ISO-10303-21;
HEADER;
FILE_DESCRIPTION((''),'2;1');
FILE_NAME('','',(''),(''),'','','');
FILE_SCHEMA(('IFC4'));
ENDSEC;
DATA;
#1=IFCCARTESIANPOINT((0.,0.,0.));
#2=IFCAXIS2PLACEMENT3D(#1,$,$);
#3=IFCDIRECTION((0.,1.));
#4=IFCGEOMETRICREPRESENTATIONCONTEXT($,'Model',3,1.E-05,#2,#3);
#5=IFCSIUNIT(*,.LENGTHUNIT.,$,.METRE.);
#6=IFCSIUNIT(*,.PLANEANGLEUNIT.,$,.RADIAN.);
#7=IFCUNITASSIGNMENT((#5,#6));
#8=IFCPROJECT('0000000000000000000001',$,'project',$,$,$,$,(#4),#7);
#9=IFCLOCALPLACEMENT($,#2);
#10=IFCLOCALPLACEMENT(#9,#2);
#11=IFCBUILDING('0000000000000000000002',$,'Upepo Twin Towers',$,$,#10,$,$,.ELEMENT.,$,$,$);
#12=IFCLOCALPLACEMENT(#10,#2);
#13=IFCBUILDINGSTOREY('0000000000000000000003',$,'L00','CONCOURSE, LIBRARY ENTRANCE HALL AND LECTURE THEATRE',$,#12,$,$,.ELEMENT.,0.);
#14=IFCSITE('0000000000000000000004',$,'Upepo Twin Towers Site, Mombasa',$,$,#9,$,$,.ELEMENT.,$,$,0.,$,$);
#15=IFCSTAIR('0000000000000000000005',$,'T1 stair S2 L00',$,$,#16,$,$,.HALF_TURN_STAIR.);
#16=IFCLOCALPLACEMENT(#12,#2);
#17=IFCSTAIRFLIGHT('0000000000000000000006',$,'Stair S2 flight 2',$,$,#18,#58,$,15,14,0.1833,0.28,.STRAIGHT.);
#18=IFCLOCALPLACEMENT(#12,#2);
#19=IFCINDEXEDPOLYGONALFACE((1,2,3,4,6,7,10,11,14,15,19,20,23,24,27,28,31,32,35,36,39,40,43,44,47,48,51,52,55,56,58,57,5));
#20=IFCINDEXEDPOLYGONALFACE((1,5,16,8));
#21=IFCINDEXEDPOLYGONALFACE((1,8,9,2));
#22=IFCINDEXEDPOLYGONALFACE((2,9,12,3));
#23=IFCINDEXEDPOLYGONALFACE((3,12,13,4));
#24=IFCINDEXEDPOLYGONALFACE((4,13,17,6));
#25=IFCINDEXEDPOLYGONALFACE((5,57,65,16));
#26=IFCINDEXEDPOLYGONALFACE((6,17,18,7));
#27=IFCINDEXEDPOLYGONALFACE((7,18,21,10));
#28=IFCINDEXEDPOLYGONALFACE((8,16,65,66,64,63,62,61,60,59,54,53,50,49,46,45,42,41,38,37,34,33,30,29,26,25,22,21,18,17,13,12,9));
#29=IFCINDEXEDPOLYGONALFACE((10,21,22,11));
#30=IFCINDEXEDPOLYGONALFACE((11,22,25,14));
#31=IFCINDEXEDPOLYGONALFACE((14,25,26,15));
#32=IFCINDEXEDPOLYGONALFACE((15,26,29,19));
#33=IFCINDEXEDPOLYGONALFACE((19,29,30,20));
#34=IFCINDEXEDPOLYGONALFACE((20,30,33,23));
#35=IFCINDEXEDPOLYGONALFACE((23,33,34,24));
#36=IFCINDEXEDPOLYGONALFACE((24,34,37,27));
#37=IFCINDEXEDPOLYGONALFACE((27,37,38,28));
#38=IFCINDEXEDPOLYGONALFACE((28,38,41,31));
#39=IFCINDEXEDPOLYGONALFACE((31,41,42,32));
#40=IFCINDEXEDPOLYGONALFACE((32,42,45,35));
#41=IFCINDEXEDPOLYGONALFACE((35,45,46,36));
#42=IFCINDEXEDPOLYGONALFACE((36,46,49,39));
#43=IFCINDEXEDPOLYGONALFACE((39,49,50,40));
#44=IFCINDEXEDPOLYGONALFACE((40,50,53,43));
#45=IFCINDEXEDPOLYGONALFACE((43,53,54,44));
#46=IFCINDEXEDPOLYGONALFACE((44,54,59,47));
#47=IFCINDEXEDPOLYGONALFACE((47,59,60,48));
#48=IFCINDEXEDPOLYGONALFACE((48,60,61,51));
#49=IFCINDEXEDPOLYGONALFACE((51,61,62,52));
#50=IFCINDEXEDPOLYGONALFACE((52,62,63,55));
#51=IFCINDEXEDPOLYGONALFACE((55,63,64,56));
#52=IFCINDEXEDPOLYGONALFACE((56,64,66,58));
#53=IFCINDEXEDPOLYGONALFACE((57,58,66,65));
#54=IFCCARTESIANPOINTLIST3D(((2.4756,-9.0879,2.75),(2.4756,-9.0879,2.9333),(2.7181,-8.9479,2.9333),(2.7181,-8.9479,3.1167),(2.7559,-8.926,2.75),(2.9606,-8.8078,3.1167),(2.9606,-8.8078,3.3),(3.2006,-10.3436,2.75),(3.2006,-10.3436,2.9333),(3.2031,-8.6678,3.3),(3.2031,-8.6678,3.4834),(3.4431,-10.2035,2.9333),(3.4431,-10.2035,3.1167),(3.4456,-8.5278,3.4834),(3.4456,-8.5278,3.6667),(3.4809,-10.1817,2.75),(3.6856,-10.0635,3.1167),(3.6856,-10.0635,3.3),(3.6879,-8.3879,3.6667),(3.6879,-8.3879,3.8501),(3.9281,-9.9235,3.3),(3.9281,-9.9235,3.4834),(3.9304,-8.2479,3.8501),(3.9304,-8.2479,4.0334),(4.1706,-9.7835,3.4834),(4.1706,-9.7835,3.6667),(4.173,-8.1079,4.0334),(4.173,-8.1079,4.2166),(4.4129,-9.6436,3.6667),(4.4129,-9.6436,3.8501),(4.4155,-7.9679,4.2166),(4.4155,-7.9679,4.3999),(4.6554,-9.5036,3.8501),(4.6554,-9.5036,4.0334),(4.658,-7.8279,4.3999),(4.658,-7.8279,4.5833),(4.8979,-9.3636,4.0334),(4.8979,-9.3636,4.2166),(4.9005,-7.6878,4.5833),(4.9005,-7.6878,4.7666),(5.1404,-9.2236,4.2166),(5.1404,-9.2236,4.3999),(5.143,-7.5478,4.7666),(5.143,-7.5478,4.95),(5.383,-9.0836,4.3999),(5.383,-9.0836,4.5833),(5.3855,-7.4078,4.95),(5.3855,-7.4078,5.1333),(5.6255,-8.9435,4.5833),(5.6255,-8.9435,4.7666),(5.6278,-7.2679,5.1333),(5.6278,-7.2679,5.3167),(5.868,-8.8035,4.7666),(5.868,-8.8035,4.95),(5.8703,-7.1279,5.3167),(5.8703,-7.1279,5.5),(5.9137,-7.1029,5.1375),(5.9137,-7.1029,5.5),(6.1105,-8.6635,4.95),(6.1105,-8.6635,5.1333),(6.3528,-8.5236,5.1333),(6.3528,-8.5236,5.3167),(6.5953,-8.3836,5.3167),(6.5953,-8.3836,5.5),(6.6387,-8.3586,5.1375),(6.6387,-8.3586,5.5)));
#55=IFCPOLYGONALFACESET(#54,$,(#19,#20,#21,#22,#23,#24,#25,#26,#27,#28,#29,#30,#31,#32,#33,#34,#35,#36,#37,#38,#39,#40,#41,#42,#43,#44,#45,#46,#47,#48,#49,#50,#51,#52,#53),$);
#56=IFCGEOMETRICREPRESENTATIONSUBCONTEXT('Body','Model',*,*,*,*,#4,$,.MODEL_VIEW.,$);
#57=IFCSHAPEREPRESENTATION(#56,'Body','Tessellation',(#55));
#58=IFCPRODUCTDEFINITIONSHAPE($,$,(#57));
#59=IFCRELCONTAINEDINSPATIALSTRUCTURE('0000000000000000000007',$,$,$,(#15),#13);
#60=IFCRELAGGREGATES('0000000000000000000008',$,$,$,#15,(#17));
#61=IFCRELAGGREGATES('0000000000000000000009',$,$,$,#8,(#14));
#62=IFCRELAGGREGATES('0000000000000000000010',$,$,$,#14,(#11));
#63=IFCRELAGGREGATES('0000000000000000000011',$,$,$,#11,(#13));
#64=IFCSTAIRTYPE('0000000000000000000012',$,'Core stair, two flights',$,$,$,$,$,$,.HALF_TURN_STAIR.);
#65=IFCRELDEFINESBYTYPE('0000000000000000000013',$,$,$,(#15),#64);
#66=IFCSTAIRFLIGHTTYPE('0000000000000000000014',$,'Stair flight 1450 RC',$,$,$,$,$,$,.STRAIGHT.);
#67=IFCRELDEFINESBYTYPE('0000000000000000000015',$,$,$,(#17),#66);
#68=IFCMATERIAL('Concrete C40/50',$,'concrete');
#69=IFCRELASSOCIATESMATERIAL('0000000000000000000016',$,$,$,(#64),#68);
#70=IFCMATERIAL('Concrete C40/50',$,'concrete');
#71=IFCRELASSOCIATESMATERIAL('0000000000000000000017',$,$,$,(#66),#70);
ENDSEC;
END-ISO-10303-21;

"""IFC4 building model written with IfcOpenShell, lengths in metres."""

from ifc_helpers import new_model, si_unit, direction, frame, origin, place, context, subcontext, project, spatial, polyline, outline, extrude, material, type_object, element, aggregate, save


model = new_model("IFC4")

# Units and contexts
model_context = context("Model", 3, precision=1e-05, world=origin(), true_north=direction((0.0, 1.0)))
body_context = subcontext(model_context, "Body", "Model", "MODEL_VIEW")
ifc_project = project(units=[si_unit("LENGTHUNIT", "METRE"), si_unit("PLANEANGLEUNIT", "RADIAN")], contexts=[model_context])

# Site, building, storey
site_placement = place(None, origin())
site = spatial("IfcSite", under=ifc_project, at=site_placement, Name="Upepo Twin Towers Site, Mombasa", CompositionType="ELEMENT", RefElevation=0.0)
building_placement = place(site_placement, origin())
building = spatial("IfcBuilding", under=site, at=building_placement, Name="Upepo Twin Towers", CompositionType="ELEMENT")
storey_placement = place(building_placement, origin())
storey = spatial("IfcBuildingStorey", under=building, at=storey_placement, Name="L00", Description="CONCOURSE, LIBRARY ENTRANCE HALL AND LECTURE THEATRE", CompositionType="ELEMENT", Elevation=0.0)

# Stair, stair flight
ifc_material_1 = material(Name="Concrete C40/50", Category="concrete")
stair_type = type_object("IfcStairType", Name="Core stair, two flights", PredefinedType="HALF_TURN_STAIR", material=ifc_material_1)
stair_placement = place(storey_placement, origin())
stair = element("IfcStair", 1, at=stair_placement, inside=storey, type_object=stair_type, Name="T1 stair S2 L00", PredefinedType="HALF_TURN_STAIR")
ifc_material_2 = material(Name="Concrete C40/50", Category="concrete")
stair_flight_type = type_object("IfcStairFlightType", Name="Stair flight 1450 RC", PredefinedType="STRAIGHT", material=ifc_material_2)
stair_flight_1_placement = place(storey_placement, frame((2.8381, -9.7158, 2.75), z_axis=(0.0, 0.0, 1.0), x_axis=(0.866025, 0.5, 0.0)))
stair_flight_1 = element("IfcStairFlight", 2, at=stair_flight_1_placement, type_object=stair_flight_type, Name="Stair S2 flight 2", NumberOfRisers=15, NumberOfTreads=14, PredefinedType="STRAIGHT", RiserHeight=0.1833, TreadLength=0.28, context=body_context, shape_type="SweptSolid", body=[
    extrude(outline(polyline([(0.0, 0.0), (0.0, 0.1833), (0.28, 0.1833), (0.28, 0.3667), (0.5601, 0.3667), (0.5601, 0.55), (0.8401, 0.55), (0.8401, 0.7334), (1.1201, 0.7334), (1.1201, 0.9167), (1.3999, 0.9167), (1.3999, 1.1001), (1.6799, 1.1001), (1.6799, 1.2834), (1.96, 1.2834), (1.96, 1.4666), (2.24, 1.4666), (2.24, 1.6499), (2.52, 1.6499), (2.52, 1.8333), (2.8, 1.8333), (2.8, 2.0166), (3.0801, 2.0166), (3.0801, 2.2), (3.3601, 2.2), (3.3601, 2.3833), (3.6399, 2.3833), (3.6399, 2.5667), (3.9199, 2.5667), (3.9199, 2.75), (3.97, 2.75), (3.97, 2.3875), (0.3237, 0.0), (0.0, 0.0)])), frame((0.0, 0.7251, 0.0), z_axis=(0.0, -1.0, 0.0), x_axis=(1.0, 0.0, 0.0)), (0.0, 0.0, 1.0), 1.45),
])
aggregate(stair, [stair_flight_1])

save(model, "model.ifc")
